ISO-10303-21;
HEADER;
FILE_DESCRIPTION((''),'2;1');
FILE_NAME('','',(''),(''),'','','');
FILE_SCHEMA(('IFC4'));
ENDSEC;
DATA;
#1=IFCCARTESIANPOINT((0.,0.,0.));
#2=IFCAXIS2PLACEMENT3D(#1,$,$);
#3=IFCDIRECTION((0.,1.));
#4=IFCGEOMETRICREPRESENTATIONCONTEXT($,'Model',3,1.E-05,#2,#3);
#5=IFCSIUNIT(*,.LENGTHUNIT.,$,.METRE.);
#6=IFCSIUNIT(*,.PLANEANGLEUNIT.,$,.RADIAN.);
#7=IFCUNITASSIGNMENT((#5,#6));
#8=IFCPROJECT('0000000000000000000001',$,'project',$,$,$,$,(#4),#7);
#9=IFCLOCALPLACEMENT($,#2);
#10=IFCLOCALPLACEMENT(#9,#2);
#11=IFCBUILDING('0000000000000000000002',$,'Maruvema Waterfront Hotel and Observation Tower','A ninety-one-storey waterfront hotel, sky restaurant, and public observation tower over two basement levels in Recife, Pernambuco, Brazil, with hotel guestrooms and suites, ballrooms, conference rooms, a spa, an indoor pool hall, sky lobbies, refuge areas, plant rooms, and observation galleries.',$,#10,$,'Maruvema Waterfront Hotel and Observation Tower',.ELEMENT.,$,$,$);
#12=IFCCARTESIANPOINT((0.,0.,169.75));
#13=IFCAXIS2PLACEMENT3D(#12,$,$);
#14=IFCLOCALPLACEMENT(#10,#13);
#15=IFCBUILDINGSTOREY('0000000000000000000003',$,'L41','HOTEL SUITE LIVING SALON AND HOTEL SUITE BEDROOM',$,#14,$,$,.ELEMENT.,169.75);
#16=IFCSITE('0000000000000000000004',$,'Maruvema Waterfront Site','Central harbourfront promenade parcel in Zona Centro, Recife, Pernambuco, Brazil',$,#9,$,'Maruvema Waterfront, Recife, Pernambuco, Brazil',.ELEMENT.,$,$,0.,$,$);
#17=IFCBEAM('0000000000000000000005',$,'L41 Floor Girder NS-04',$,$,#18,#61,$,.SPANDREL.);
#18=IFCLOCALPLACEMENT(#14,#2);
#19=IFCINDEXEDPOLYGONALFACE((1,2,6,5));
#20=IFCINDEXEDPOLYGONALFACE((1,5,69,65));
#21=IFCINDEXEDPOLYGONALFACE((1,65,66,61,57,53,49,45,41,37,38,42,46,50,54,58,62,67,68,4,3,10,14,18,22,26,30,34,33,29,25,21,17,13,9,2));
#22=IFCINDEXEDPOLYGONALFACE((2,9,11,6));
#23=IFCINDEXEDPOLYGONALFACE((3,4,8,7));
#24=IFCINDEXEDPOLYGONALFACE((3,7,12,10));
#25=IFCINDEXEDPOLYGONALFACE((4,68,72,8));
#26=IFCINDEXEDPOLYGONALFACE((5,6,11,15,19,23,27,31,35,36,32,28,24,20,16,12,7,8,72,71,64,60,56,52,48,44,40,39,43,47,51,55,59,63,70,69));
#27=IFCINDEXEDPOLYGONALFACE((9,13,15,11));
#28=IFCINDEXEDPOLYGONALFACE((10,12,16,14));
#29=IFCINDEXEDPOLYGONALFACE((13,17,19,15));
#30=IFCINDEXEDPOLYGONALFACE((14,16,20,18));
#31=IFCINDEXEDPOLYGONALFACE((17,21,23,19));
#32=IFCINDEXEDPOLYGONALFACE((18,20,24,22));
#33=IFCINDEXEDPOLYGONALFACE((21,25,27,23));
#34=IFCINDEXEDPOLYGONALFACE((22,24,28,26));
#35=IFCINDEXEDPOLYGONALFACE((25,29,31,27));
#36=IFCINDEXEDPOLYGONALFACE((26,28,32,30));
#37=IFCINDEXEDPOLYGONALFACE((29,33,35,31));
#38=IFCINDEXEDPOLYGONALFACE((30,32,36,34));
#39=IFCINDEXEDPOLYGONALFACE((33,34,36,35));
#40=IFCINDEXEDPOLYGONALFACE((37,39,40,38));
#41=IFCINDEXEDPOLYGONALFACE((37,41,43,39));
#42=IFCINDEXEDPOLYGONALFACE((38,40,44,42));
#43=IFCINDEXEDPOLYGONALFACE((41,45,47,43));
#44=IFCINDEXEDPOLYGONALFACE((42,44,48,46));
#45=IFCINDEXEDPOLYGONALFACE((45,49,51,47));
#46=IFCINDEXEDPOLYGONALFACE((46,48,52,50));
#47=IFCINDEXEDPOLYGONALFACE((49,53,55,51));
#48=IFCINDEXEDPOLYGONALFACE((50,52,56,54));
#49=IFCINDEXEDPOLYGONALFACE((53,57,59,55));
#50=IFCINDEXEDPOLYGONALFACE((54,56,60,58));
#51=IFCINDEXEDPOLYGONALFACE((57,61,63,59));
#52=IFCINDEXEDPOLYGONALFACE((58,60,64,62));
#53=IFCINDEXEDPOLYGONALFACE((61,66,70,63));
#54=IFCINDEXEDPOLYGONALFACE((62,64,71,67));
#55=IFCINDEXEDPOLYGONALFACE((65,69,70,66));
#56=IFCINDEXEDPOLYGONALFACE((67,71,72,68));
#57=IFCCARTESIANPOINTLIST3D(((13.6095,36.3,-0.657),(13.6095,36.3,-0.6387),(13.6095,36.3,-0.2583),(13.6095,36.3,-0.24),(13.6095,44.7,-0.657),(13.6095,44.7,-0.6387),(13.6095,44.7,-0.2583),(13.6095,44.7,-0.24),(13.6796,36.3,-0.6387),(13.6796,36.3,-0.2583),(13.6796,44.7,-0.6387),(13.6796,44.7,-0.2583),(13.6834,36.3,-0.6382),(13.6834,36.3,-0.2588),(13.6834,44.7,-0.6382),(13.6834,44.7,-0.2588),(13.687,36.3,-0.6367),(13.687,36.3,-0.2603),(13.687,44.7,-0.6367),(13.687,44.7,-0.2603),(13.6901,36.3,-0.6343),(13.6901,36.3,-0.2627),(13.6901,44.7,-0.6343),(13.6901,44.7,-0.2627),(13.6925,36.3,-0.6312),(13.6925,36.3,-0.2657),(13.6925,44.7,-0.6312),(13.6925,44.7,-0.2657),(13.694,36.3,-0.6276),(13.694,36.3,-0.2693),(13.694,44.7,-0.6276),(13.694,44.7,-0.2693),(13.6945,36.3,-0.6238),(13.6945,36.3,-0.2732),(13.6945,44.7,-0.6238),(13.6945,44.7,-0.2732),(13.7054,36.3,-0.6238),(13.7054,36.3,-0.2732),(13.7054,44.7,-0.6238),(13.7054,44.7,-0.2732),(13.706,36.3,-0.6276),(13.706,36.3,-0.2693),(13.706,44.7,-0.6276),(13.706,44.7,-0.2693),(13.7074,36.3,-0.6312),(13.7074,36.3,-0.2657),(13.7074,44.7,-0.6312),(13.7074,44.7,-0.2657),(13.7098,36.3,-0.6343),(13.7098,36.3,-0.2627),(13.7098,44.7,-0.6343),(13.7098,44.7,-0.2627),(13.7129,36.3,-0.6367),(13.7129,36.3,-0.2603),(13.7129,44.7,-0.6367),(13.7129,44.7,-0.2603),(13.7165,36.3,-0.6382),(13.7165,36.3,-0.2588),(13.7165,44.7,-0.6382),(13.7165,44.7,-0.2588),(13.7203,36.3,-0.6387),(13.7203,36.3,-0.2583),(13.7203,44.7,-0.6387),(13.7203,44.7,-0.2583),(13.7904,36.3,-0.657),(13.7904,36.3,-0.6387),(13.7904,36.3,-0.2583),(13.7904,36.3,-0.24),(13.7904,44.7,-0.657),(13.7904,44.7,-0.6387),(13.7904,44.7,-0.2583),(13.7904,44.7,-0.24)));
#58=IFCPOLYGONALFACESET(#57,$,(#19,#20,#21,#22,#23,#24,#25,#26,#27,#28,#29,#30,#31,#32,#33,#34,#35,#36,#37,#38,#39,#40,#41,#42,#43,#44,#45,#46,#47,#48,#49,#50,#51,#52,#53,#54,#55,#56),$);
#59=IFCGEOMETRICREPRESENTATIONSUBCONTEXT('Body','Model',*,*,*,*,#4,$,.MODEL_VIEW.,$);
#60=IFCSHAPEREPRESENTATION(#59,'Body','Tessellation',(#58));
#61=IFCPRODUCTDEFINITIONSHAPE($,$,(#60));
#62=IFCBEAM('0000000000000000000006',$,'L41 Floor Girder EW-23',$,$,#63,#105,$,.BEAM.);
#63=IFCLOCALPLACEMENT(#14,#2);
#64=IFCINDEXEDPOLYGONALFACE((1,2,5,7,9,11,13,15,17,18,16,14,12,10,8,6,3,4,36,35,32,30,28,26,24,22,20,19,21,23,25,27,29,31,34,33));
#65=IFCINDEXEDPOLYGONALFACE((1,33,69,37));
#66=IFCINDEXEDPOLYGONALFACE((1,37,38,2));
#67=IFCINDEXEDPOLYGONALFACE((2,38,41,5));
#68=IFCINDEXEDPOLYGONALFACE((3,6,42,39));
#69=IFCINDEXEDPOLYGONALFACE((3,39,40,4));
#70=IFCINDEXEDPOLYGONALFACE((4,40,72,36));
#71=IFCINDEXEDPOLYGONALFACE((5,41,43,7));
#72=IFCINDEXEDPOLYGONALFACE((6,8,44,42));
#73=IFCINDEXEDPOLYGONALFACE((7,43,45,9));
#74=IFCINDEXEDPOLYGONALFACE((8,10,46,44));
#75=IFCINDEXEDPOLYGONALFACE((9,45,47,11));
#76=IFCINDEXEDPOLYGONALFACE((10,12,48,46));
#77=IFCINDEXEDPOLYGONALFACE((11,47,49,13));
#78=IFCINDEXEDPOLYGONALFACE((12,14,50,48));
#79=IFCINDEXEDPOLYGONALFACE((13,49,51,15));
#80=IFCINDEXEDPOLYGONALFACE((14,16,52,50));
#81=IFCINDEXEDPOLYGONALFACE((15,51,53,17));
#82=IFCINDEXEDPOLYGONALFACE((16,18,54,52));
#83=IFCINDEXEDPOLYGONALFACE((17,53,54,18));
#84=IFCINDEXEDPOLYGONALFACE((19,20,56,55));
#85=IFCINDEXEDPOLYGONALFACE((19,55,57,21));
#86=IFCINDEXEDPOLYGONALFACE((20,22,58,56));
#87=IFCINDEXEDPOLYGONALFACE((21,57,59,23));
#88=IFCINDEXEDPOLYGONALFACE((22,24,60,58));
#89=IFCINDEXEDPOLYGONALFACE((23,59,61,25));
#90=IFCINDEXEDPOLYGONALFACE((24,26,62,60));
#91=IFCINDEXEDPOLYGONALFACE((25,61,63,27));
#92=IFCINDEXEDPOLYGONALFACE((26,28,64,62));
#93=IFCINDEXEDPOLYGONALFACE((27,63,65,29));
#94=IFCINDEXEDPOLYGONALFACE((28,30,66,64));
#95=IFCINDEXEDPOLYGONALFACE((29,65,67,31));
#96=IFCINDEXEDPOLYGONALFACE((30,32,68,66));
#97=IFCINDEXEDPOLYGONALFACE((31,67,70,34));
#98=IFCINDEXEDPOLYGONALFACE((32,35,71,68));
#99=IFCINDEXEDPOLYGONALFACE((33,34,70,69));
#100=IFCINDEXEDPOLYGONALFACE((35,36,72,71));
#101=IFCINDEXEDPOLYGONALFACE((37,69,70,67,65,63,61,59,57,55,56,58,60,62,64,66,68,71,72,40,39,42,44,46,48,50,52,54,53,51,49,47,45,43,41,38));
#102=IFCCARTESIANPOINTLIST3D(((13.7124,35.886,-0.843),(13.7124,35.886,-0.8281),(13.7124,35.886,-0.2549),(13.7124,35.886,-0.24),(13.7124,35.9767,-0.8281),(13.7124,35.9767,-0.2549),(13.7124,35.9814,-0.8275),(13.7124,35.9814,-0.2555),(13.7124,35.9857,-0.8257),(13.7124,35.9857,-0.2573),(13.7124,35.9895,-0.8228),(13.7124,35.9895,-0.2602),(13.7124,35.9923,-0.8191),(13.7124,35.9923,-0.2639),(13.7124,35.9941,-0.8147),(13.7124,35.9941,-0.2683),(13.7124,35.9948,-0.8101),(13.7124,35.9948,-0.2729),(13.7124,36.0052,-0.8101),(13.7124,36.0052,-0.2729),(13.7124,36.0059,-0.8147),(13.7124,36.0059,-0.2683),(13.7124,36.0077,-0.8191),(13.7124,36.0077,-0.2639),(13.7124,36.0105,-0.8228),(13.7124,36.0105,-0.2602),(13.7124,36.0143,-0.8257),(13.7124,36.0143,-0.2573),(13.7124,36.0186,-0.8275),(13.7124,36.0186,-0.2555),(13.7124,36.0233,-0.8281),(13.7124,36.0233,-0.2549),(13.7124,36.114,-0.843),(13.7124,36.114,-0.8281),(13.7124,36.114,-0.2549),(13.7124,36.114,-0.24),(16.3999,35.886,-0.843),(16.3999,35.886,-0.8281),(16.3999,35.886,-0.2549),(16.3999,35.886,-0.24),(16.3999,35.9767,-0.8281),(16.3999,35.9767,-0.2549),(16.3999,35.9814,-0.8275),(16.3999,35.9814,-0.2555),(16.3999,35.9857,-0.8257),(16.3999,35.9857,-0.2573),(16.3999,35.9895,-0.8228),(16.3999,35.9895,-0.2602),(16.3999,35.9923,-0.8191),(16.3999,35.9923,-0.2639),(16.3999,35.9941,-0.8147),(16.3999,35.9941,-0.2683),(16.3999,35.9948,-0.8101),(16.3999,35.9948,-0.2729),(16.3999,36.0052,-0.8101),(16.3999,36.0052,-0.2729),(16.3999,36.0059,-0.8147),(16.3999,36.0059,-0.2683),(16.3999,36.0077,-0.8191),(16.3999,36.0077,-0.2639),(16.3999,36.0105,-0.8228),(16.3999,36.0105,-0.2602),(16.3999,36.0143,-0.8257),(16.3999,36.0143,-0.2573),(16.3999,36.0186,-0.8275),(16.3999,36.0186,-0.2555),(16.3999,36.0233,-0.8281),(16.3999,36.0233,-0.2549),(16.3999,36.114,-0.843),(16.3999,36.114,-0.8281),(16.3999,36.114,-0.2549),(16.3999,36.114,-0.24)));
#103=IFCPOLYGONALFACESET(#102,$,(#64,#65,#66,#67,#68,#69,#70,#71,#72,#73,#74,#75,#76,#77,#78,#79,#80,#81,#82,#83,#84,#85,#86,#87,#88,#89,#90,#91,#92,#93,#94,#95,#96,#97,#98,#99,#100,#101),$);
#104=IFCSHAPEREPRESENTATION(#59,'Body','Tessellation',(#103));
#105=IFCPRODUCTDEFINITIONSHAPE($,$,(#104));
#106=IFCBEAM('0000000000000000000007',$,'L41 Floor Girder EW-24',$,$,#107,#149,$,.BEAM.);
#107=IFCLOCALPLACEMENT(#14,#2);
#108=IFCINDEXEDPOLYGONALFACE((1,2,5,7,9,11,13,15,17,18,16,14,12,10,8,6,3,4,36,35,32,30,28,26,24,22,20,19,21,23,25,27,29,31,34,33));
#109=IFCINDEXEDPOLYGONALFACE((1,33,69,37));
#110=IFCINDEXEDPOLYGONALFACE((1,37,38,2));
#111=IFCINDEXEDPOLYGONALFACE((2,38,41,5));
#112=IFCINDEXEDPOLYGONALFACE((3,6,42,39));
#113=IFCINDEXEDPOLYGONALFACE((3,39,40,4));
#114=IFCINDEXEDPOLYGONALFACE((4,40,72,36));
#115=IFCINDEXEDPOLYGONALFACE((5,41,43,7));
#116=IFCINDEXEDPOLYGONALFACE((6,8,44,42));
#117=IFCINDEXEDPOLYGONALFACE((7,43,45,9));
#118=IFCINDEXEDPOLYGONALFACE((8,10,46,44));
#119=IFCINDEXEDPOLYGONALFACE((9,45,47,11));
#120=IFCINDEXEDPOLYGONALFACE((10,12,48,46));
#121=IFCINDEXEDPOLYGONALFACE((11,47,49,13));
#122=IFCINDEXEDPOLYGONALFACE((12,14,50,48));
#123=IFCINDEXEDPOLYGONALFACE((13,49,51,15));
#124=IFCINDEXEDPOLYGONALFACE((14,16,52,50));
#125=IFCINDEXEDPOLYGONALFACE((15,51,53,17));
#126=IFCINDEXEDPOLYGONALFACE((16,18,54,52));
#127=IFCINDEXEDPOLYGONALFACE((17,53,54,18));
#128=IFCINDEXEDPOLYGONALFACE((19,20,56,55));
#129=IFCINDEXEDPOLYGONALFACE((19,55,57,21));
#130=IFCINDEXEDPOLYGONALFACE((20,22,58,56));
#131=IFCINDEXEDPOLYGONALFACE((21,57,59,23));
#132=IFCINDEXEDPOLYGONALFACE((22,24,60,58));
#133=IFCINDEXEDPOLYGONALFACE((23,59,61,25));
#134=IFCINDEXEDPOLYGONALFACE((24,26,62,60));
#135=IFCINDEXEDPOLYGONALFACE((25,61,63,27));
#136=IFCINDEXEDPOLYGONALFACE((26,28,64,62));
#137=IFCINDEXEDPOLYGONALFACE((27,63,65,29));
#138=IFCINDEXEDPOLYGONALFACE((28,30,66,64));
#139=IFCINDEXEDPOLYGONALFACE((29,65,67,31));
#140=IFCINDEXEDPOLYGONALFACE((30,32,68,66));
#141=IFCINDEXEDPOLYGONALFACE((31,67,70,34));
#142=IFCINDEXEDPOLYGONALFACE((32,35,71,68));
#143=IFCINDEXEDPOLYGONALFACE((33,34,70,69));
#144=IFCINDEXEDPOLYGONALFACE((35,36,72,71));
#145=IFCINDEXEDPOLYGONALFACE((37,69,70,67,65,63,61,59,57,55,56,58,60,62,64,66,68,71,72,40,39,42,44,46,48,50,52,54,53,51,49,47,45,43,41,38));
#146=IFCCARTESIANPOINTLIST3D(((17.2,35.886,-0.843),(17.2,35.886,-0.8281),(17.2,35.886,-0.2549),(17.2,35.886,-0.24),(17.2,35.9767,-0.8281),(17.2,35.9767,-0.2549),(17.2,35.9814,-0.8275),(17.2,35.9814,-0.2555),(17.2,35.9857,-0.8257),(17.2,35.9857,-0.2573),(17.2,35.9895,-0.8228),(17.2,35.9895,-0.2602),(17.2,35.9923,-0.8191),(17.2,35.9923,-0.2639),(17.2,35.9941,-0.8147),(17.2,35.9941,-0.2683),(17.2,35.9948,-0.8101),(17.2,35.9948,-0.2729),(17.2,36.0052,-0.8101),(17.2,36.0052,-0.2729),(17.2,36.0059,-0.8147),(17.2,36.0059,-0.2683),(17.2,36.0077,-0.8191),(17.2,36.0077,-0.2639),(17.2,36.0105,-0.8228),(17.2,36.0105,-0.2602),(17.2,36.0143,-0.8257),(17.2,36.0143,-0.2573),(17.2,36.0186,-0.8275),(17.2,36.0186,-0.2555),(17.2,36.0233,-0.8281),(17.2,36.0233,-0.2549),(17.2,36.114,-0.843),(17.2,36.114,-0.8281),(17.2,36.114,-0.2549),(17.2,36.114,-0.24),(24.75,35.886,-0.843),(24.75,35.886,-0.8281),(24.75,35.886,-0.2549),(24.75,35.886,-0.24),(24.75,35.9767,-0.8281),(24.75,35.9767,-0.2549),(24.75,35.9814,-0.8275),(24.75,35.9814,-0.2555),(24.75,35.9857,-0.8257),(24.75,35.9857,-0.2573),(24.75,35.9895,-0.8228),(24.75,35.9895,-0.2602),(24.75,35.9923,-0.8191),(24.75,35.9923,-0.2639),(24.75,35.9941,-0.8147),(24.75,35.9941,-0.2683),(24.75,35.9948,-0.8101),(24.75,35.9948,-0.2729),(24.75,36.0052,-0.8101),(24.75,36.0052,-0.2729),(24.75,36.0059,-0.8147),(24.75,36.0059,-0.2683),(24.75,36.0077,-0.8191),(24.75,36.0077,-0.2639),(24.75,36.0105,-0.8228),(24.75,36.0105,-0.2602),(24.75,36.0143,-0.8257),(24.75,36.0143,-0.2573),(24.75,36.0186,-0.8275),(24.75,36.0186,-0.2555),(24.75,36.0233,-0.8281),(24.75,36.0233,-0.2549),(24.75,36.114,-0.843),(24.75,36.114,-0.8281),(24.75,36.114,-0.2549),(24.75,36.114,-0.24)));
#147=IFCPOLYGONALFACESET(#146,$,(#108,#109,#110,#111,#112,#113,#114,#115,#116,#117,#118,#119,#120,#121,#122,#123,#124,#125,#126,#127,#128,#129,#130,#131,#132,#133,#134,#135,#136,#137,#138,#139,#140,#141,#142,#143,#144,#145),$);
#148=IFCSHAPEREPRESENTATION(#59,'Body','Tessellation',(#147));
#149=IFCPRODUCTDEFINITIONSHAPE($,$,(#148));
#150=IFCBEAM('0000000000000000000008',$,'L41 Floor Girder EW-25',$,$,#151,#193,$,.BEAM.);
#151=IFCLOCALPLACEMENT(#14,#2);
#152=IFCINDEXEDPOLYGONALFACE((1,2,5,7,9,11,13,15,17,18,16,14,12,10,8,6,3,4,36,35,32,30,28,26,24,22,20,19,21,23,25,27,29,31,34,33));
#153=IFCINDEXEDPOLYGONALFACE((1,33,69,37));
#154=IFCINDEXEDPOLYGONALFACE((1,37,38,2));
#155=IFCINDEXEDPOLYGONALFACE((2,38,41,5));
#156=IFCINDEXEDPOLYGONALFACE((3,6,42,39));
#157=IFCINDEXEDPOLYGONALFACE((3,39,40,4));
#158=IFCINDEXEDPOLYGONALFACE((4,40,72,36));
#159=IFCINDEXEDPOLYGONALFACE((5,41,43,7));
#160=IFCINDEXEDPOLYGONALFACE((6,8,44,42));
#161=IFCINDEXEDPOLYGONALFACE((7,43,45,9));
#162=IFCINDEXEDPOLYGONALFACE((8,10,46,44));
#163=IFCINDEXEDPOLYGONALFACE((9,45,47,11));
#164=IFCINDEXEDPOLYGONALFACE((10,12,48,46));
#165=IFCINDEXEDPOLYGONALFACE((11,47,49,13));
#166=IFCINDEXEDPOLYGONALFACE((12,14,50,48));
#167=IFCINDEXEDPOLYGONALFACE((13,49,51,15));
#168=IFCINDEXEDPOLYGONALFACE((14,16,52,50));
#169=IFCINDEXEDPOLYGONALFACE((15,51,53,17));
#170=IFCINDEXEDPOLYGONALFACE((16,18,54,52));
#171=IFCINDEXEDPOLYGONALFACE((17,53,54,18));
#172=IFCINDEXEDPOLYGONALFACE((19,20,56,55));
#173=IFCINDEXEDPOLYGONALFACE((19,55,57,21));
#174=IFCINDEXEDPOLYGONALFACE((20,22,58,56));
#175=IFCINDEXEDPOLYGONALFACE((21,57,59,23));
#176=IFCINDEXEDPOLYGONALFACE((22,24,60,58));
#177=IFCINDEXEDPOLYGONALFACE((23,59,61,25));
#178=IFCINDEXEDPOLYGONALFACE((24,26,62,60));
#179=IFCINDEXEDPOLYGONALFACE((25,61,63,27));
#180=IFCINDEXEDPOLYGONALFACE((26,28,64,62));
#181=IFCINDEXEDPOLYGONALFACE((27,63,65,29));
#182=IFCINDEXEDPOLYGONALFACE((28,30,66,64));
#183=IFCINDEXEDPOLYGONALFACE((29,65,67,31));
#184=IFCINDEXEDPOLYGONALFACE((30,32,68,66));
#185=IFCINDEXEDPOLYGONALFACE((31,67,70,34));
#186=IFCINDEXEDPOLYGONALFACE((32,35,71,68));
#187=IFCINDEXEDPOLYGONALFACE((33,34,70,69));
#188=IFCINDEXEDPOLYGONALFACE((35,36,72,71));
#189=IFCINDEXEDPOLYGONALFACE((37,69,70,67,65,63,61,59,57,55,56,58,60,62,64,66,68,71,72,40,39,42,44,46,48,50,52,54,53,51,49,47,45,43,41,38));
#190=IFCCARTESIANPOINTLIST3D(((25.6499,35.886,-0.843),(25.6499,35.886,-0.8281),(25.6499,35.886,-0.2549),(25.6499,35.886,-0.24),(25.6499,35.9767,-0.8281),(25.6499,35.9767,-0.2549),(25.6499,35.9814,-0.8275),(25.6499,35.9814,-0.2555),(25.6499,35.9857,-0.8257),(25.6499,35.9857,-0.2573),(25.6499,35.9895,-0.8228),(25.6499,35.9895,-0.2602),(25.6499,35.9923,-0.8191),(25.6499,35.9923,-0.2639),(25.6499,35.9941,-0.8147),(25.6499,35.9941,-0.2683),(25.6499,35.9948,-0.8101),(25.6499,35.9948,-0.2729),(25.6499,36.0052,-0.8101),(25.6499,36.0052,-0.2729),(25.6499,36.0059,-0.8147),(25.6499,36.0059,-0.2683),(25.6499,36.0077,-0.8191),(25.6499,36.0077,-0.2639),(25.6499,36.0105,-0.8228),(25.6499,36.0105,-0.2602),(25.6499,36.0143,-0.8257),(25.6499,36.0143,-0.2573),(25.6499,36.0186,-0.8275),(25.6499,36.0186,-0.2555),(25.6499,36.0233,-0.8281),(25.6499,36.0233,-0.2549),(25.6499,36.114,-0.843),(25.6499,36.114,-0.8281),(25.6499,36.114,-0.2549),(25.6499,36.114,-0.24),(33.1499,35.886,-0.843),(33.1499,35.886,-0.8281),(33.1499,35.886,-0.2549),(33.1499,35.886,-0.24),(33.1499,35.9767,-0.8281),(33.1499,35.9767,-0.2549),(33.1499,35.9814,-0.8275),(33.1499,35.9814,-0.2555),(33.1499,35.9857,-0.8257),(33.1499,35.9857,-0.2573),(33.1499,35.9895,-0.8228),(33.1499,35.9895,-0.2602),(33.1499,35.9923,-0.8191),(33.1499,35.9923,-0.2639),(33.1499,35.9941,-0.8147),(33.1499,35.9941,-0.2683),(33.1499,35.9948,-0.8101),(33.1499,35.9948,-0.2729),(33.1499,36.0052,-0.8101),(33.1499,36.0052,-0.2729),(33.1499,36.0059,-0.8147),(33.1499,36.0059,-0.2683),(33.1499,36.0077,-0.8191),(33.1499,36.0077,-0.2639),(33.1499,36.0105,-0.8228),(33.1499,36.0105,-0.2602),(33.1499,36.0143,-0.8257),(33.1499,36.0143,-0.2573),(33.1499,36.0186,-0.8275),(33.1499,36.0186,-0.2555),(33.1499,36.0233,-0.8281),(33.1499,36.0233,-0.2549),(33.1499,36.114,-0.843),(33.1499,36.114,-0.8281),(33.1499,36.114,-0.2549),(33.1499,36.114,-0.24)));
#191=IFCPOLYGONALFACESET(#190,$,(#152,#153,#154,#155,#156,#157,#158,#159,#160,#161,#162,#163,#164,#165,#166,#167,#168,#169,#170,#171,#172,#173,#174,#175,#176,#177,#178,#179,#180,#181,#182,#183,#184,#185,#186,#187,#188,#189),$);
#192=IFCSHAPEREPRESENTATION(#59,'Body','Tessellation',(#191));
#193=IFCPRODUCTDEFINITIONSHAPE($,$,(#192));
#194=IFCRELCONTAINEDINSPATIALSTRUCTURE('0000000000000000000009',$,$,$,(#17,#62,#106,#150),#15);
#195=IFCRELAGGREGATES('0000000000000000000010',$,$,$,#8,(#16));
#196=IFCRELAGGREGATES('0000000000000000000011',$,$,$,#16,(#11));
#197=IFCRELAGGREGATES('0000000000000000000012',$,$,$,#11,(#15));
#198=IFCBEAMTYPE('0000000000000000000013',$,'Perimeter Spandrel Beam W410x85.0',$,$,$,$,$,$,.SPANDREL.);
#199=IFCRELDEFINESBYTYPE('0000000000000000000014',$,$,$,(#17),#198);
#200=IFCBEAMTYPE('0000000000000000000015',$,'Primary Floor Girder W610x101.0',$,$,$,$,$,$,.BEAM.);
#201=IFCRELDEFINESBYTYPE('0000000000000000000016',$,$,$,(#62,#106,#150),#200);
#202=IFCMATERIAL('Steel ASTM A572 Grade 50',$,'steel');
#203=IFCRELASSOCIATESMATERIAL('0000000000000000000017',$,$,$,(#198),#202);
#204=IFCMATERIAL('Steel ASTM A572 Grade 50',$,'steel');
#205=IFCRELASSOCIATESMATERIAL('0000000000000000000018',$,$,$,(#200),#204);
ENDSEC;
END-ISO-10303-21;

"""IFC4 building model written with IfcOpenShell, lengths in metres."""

from ifc_helpers import new_model, si_unit, direction, frame, origin, origin_2d, place, context, subcontext, project, spatial, i_section, extrude, material, material_profile, profile_set, type_object, element, save


model = new_model("IFC4")

# Units and contexts
model_context = context("Model", 3, precision=1e-05, world=origin(), true_north=direction((0.0, 1.0)))
body_context = subcontext(model_context, "Body", "Model", "MODEL_VIEW")
ifc_project = project(units=[si_unit("LENGTHUNIT", "METRE"), si_unit("PLANEANGLEUNIT", "RADIAN")], contexts=[model_context])

# Site, building, storey
site_placement = place(None, origin())
site = spatial("IfcSite", under=ifc_project, at=site_placement, Name="Maruvema Waterfront Site", Description="Central harbourfront promenade parcel in Zona Centro, Recife, Pernambuco, Brazil", LongName="Maruvema Waterfront, Recife, Pernambuco, Brazil", CompositionType="ELEMENT", RefElevation=0.0)
building_placement = place(site_placement, origin())
building = spatial("IfcBuilding", under=site, at=building_placement, Name="Maruvema Waterfront Hotel and Observation Tower", Description="A ninety-one-storey waterfront hotel, sky restaurant, and public observation tower over two basement levels in Recife, Pernambuco, Brazil, with hotel guestrooms and suites, ballrooms, conference rooms, a spa, an indoor pool hall, sky lobbies, refuge areas, plant rooms, and observation galleries.", LongName="Maruvema Waterfront Hotel and Observation Tower", CompositionType="ELEMENT")
storey_placement = place(building_placement, frame((0.0, 0.0, 169.75)))
storey = spatial("IfcBuildingStorey", under=building, at=storey_placement, Name="L41", Description="HOTEL SUITE LIVING SALON AND HOTEL SUITE BEDROOM", CompositionType="ELEMENT", Elevation=169.75)

# Beams
ifc_material_1 = material(Name="Steel ASTM A572 Grade 50", Category="steel")
ifc_material_profile_1 = material_profile(ifc_material_1, i_section(OverallWidth=0.1809, OverallDepth=0.417, WebThickness=0.011, FlangeThickness=0.0183, FilletRadius=0.0149, at=origin_2d()), Name="W410x85.0")
ifc_profile_set_1 = profile_set([ifc_material_profile_1], Name="Steel ASTM A572 Grade 50")
beam_type_1 = type_object("IfcBeamType", Name="Perimeter Spandrel Beam W410x85.0", PredefinedType="SPANDREL", material=ifc_profile_set_1)
beam_1_placement = place(storey_placement, frame((13.7, 36.3, -0.4485), z_axis=(0.0, 1.0, 0.0), x_axis=(-1.0, 0.0, 0.0)))
element("IfcBeam", 1, at=beam_1_placement, inside=storey, type_object=beam_type_1, Name="L41 Floor Girder NS-04", PredefinedType="SPANDREL", context=body_context, shape_type="SweptSolid", body=[
    extrude(i_section(OverallWidth=0.1809, OverallDepth=0.417, WebThickness=0.011, FlangeThickness=0.0183, FilletRadius=0.0149, at=origin_2d()), origin(), (0.0, 0.0, 1.0), 8.3999),
])
ifc_material_2 = material(Name="Steel ASTM A572 Grade 50", Category="steel")
ifc_material_profile_2 = material_profile(ifc_material_2, i_section(OverallWidth=0.228, OverallDepth=0.603, WebThickness=0.0105, FlangeThickness=0.0149, FilletRadius=0.0181, at=origin_2d()), Name="W610x101.0")
ifc_profile_set_2 = profile_set([ifc_material_profile_2], Name="Steel ASTM A572 Grade 50")
beam_type_2 = type_object("IfcBeamType", Name="Primary Floor Girder W610x101.0", PredefinedType="BEAM", material=ifc_profile_set_2)
beam_2_placement = place(storey_placement, frame((13.7124, 36.0, -0.5415), z_axis=(1.0, 0.0, 0.0), x_axis=(0.0, 1.0, 0.0)))
element("IfcBeam", 2, at=beam_2_placement, inside=storey, type_object=beam_type_2, Name="L41 Floor Girder EW-23", PredefinedType="BEAM", context=body_context, shape_type="SweptSolid", body=[
    extrude(i_section(OverallWidth=0.228, OverallDepth=0.603, WebThickness=0.0105, FlangeThickness=0.0149, FilletRadius=0.0181, at=origin_2d()), origin(), (0.0, 0.0, 1.0), 2.6875),
])
beam_3_placement = place(storey_placement, frame((17.2, 36.0, -0.5415), z_axis=(1.0, 0.0, 0.0), x_axis=(0.0, 1.0, 0.0)))
element("IfcBeam", 3, at=beam_3_placement, inside=storey, type_object=beam_type_2, Name="L41 Floor Girder EW-24", PredefinedType="BEAM", context=body_context, shape_type="SweptSolid", body=[
    extrude(i_section(OverallWidth=0.228, OverallDepth=0.603, WebThickness=0.0105, FlangeThickness=0.0149, FilletRadius=0.0181, at=origin_2d()), origin(), (0.0, 0.0, 1.0), 7.55),
])
beam_4_placement = place(storey_placement, frame((25.6499, 36.0, -0.5415), z_axis=(1.0, 0.0, 0.0), x_axis=(0.0, 1.0, 0.0)))
element("IfcBeam", 4, at=beam_4_placement, inside=storey, type_object=beam_type_2, Name="L41 Floor Girder EW-25", PredefinedType="BEAM", context=body_context, shape_type="SweptSolid", body=[
    extrude(i_section(OverallWidth=0.228, OverallDepth=0.603, WebThickness=0.0105, FlangeThickness=0.0149, FilletRadius=0.0181, at=origin_2d()), origin(), (0.0, 0.0, 1.0), 7.5),
])

save(model, "model.ifc")
